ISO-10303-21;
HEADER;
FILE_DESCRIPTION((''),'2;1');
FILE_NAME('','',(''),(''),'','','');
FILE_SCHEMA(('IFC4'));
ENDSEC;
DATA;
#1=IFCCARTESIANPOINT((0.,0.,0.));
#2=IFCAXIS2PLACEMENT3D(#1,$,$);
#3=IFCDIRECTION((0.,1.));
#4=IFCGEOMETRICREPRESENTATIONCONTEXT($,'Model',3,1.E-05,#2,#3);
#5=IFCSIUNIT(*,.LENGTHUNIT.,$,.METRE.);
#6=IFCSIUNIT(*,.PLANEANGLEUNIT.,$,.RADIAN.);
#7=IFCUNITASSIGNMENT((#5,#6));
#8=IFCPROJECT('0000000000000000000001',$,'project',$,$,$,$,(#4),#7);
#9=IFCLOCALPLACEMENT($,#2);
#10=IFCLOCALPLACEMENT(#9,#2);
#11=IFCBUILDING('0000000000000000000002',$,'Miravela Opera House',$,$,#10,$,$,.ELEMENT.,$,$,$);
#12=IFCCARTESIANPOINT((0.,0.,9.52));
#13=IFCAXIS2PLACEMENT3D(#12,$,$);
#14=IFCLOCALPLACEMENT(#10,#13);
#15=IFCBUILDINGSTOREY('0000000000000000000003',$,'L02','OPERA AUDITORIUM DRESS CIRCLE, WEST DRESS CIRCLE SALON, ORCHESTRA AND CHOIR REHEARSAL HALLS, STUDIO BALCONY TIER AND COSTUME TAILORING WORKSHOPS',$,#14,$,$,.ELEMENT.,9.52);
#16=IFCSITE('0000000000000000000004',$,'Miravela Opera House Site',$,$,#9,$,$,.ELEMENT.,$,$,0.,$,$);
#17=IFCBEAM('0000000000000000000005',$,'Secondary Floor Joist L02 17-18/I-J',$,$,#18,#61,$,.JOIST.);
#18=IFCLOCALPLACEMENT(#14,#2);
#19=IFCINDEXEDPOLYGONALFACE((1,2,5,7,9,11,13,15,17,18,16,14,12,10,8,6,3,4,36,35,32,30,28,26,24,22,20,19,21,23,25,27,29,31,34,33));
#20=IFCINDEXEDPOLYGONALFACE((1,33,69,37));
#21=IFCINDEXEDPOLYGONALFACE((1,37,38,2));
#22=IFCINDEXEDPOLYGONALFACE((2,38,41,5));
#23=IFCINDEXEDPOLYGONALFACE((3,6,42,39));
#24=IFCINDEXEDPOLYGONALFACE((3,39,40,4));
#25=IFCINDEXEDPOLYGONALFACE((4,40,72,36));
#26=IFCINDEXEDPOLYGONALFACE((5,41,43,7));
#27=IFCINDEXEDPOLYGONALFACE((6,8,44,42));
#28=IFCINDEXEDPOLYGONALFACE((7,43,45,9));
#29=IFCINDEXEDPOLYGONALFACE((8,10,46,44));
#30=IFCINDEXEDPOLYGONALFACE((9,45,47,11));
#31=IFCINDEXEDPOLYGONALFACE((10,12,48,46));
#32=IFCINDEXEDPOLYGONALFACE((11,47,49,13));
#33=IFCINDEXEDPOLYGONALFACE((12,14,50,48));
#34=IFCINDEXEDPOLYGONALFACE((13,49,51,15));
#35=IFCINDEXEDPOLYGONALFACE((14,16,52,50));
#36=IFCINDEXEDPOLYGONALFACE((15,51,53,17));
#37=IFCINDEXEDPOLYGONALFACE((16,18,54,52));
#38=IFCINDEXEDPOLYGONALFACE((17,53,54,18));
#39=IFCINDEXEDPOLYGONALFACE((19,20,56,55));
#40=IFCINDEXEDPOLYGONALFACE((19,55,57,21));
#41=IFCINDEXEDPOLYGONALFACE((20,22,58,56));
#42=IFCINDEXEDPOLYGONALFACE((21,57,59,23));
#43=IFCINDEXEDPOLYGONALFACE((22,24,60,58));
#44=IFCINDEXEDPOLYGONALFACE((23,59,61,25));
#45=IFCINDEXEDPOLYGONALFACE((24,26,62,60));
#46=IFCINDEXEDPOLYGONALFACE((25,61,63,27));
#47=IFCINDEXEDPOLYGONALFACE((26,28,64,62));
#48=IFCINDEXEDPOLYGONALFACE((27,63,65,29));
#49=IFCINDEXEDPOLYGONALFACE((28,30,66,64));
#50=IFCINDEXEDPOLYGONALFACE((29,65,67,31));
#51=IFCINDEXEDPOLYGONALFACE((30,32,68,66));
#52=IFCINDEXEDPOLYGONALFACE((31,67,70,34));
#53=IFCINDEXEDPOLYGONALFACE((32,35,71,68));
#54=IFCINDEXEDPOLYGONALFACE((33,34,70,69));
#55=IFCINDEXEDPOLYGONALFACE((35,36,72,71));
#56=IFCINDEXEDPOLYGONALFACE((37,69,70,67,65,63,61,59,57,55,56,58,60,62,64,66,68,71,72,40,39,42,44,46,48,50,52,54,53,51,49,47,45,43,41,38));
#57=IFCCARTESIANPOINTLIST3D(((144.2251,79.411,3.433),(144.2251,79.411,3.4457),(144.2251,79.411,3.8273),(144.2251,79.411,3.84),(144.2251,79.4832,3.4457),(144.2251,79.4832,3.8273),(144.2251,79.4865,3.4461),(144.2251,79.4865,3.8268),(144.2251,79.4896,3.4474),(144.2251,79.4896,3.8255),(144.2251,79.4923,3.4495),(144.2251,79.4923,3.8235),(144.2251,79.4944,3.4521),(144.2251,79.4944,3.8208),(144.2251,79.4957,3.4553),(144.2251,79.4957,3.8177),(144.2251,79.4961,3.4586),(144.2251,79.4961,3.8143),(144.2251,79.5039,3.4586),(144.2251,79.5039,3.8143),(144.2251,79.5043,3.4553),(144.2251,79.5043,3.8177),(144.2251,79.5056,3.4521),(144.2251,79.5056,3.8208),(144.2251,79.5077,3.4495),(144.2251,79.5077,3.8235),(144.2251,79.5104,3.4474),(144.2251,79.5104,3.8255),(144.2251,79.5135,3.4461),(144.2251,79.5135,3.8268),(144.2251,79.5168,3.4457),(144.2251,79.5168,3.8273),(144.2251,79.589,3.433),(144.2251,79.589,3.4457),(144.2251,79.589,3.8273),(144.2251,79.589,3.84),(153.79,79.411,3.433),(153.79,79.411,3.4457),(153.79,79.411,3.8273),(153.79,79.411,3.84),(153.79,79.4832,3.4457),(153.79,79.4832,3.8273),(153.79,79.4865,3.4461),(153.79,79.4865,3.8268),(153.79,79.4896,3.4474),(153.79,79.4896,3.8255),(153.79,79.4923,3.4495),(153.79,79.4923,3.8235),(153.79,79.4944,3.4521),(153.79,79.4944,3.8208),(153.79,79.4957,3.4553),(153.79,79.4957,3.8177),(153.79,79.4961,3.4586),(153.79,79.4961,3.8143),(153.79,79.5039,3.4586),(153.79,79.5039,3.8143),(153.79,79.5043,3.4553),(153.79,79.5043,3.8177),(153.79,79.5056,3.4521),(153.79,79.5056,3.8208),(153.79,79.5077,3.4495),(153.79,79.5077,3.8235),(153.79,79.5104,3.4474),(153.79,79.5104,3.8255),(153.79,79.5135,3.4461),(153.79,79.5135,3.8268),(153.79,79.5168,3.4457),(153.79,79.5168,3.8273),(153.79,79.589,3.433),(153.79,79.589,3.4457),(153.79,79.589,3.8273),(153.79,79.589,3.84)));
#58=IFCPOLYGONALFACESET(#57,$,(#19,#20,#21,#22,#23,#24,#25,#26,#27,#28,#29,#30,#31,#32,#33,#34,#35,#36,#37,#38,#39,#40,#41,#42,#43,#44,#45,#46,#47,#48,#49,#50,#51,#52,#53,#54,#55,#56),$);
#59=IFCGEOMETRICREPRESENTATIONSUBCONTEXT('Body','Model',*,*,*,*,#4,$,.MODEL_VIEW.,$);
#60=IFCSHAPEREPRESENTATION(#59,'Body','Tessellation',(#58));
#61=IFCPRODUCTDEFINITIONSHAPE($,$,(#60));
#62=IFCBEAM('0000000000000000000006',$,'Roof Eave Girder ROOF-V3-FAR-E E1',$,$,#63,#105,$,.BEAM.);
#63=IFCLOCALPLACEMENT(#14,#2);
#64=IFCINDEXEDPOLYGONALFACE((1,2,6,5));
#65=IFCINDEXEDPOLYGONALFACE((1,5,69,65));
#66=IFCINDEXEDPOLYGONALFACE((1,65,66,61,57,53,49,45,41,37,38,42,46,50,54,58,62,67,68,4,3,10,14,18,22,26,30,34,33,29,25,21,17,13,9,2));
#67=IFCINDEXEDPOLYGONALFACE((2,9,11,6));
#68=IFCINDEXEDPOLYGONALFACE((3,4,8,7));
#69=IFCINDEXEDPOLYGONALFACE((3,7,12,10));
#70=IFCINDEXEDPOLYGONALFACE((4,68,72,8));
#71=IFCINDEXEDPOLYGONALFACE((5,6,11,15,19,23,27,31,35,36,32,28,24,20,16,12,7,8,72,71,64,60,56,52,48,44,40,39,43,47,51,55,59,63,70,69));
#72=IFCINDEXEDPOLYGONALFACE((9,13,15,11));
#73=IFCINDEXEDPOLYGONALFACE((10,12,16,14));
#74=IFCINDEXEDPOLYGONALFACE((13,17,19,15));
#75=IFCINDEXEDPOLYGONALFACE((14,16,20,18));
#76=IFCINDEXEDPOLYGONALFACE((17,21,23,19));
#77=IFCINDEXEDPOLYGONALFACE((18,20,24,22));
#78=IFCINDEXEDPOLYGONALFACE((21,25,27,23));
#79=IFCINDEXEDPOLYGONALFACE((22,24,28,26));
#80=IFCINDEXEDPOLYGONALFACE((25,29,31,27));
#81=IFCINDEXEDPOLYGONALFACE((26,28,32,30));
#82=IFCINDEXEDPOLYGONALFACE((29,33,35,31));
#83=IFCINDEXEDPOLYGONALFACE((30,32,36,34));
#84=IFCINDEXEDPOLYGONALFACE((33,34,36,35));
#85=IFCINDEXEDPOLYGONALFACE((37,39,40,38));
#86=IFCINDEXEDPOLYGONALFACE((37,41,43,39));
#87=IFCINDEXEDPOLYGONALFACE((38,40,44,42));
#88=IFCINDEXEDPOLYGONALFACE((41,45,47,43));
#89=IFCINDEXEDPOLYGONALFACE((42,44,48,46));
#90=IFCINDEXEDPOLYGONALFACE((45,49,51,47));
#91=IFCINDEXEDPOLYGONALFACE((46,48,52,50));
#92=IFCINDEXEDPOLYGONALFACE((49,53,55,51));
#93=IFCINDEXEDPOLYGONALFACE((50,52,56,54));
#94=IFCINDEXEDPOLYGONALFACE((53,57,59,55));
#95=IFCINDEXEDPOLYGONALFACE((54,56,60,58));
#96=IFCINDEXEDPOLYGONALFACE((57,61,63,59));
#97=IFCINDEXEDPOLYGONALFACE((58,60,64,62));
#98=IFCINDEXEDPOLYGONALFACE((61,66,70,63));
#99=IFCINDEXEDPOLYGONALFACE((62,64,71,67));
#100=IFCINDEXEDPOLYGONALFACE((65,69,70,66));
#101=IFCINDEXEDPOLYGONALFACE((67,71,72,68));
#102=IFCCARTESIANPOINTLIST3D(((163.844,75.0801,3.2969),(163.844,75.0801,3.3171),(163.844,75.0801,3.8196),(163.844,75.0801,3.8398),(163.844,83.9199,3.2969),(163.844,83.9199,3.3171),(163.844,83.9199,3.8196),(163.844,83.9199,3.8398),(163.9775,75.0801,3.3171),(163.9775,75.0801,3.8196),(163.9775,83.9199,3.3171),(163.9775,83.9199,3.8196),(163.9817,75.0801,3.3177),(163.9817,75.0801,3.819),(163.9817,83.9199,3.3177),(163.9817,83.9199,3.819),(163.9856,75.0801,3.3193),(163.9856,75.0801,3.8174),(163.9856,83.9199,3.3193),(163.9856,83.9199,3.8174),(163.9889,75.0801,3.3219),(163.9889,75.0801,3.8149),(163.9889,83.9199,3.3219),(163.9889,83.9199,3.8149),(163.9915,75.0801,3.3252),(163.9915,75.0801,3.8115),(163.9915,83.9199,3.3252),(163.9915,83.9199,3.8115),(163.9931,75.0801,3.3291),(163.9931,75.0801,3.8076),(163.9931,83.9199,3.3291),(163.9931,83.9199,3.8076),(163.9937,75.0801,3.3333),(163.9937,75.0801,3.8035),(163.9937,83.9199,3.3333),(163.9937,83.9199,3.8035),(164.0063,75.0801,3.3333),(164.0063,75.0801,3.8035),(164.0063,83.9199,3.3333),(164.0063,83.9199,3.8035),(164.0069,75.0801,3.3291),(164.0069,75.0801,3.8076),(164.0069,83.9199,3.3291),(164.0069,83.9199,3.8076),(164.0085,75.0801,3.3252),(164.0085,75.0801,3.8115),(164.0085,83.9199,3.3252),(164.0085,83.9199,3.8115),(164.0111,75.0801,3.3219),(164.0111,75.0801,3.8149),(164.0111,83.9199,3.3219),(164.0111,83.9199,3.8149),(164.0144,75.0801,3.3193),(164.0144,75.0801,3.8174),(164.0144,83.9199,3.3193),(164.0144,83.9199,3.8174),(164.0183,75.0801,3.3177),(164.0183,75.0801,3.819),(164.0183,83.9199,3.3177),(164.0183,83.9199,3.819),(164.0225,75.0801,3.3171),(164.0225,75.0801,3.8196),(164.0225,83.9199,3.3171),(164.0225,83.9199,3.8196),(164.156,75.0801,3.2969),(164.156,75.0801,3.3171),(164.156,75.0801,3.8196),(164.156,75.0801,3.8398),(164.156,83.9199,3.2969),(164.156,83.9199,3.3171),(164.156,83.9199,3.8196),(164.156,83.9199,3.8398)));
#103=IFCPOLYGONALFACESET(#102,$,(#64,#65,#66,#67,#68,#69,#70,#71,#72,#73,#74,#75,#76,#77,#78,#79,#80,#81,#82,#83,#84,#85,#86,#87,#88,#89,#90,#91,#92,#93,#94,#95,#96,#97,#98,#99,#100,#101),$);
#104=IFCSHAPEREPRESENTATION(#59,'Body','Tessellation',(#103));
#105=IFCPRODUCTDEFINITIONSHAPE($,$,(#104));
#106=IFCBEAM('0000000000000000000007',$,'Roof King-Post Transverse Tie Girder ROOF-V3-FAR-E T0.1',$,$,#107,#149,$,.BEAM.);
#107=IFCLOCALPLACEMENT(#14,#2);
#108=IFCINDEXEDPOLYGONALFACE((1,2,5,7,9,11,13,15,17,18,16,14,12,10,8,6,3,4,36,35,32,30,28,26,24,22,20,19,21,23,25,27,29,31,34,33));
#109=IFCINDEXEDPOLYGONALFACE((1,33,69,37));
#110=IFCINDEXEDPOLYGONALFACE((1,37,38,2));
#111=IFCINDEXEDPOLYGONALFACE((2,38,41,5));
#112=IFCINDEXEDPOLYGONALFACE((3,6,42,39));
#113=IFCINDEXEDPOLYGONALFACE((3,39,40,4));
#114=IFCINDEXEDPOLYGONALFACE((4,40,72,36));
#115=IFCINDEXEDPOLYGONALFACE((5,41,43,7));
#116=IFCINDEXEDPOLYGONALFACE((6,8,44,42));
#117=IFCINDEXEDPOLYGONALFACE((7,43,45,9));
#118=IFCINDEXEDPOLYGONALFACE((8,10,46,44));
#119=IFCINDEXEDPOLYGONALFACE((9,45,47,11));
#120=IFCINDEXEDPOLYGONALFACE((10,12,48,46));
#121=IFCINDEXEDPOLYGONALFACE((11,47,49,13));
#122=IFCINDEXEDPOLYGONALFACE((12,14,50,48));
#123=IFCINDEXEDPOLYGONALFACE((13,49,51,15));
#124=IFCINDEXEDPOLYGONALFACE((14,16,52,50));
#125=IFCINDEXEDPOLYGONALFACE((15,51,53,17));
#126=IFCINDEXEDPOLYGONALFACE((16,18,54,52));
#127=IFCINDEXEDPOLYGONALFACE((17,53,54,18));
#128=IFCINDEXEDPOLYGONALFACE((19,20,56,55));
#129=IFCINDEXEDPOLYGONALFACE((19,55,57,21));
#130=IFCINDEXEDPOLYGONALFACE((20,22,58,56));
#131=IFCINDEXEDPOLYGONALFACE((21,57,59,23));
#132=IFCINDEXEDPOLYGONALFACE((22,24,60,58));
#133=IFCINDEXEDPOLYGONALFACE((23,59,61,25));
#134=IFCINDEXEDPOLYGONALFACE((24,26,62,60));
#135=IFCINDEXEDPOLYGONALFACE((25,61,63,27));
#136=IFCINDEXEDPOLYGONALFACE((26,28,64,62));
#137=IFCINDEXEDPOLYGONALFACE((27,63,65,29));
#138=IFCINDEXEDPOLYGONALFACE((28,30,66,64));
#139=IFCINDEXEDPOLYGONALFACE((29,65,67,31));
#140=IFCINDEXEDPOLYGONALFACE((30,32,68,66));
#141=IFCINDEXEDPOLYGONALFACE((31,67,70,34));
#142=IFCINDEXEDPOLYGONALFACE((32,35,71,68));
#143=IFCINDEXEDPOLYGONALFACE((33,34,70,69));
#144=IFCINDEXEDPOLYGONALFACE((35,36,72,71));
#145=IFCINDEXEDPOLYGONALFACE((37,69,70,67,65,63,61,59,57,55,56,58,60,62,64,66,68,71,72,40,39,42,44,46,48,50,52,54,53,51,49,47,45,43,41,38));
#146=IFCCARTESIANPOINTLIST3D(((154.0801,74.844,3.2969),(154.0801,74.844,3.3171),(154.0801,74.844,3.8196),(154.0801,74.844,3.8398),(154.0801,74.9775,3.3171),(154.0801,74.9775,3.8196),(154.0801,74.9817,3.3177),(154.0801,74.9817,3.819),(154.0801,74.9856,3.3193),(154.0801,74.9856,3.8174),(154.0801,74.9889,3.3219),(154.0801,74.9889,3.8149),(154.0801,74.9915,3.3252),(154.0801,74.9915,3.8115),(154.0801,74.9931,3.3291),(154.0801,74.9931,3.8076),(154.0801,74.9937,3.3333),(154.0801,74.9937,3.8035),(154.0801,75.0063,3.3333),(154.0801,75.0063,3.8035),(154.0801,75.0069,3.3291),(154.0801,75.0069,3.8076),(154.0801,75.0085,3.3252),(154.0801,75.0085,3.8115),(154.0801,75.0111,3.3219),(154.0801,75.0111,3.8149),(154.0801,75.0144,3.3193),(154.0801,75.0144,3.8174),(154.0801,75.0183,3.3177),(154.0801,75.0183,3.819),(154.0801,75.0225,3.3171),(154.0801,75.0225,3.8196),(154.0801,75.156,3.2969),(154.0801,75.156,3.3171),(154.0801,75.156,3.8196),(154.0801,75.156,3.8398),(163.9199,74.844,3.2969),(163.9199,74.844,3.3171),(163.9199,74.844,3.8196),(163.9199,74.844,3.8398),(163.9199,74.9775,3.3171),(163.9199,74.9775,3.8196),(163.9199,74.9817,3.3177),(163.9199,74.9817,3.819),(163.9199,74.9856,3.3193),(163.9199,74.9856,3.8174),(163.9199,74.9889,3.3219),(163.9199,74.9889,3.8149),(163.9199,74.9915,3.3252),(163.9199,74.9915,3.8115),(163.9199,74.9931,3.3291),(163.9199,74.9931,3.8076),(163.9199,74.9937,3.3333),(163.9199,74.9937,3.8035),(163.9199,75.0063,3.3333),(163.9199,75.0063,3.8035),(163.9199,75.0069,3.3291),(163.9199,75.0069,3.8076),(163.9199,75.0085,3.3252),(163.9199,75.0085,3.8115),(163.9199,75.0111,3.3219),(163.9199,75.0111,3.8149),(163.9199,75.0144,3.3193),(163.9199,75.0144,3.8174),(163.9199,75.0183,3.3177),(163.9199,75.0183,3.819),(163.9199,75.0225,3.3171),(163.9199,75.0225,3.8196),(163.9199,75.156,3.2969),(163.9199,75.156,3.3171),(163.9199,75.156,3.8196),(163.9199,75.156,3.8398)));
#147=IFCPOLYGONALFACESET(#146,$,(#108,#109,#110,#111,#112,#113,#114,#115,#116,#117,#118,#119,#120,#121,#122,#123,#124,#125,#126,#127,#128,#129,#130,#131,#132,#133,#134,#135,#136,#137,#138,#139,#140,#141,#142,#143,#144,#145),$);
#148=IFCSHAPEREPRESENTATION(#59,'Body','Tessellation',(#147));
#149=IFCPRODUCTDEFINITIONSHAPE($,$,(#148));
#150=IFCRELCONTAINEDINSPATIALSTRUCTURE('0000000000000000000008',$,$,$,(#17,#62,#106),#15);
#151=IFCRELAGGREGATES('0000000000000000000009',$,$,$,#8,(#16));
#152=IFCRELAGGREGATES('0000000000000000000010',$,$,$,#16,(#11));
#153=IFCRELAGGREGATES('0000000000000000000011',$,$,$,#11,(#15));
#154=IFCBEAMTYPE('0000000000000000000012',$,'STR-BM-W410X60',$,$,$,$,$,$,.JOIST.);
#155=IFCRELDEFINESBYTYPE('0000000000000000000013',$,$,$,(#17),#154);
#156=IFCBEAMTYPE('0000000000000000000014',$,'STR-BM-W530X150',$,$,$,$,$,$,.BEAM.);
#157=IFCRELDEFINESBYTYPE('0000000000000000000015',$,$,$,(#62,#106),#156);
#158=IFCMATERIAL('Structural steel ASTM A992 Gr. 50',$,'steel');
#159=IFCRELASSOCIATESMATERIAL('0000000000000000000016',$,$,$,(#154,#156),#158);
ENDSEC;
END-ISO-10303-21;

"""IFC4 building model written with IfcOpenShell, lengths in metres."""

from ifc_helpers import new_model, si_unit, direction, frame, origin, origin_2d, place, context, subcontext, project, spatial, i_section, extrude, material, material_profile, profile_set, type_object, element, save


model = new_model("IFC4")

# Units and contexts
model_context = context("Model", 3, precision=1e-05, world=origin(), true_north=direction((0.0, 1.0)))
body_context = subcontext(model_context, "Body", "Model", "MODEL_VIEW")
ifc_project = project(units=[si_unit("LENGTHUNIT", "METRE"), si_unit("PLANEANGLEUNIT", "RADIAN")], contexts=[model_context])

# Site, building, storey
site_placement = place(None, origin())
site = spatial("IfcSite", under=ifc_project, at=site_placement, Name="Miravela Opera House Site", CompositionType="ELEMENT", RefElevation=0.0)
building_placement = place(site_placement, origin())
building = spatial("IfcBuilding", under=site, at=building_placement, Name="Miravela Opera House", CompositionType="ELEMENT")
storey_placement = place(building_placement, frame((0.0, 0.0, 9.52)))
storey = spatial("IfcBuildingStorey", under=building, at=storey_placement, Name="L02", Description="OPERA AUDITORIUM DRESS CIRCLE, WEST DRESS CIRCLE SALON, ORCHESTRA AND CHOIR REHEARSAL HALLS, STUDIO BALCONY TIER AND COSTUME TAILORING WORKSHOPS", CompositionType="ELEMENT", Elevation=9.52)

# Beams
ifc_material_1 = material(Name="Structural steel ASTM A992 Gr. 50", Category="steel")
ifc_material_profile_1 = material_profile(ifc_material_1, i_section(OverallWidth=0.178, OverallDepth=0.407, WebThickness=0.0078, FlangeThickness=0.0127, FilletRadius=0.0129, at=origin_2d()), Name="W410X60")
ifc_profile_set_1 = profile_set([ifc_material_profile_1])
beam_type_1 = type_object("IfcBeamType", Name="STR-BM-W410X60", PredefinedType="JOIST", material=ifc_profile_set_1)
beam_1_placement = place(storey_placement, frame((144.2251, 79.5, 3.6365), z_axis=(1.0, 0.0, 0.0), x_axis=(0.0, 1.0, 0.0)))
element("IfcBeam", 1, at=beam_1_placement, inside=storey, type_object=beam_type_1, Name="Secondary Floor Joist L02 17-18/I-J", PredefinedType="JOIST", context=body_context, shape_type="SweptSolid", body=[
    extrude(i_section(OverallWidth=0.178, OverallDepth=0.407, WebThickness=0.0078, FlangeThickness=0.0127, FilletRadius=0.0129, at=origin_2d()), origin(), (0.0, 0.0, 1.0), 9.5649),
])
ifc_material_profile_2 = material_profile(ifc_material_1, i_section(OverallWidth=0.312, OverallDepth=0.543, WebThickness=0.0127, FlangeThickness=0.0203, FilletRadius=0.0161, at=origin_2d()), Name="W530X150")
ifc_profile_set_2 = profile_set([ifc_material_profile_2])
beam_type_2 = type_object("IfcBeamType", Name="STR-BM-W530X150", PredefinedType="BEAM", material=ifc_profile_set_2)
beam_2_placement = place(storey_placement, frame((164.0, 75.0801, 3.5684), z_axis=(0.0, 1.0, 0.0), x_axis=(-1.0, 0.0, 0.0)))
element("IfcBeam", 2, at=beam_2_placement, inside=storey, type_object=beam_type_2, Name="Roof Eave Girder ROOF-V3-FAR-E E1", PredefinedType="BEAM", context=body_context, shape_type="SweptSolid", body=[
    extrude(i_section(OverallWidth=0.312, OverallDepth=0.543, WebThickness=0.0127, FlangeThickness=0.0203, FilletRadius=0.0161, at=origin_2d()), origin(), (0.0, 0.0, 1.0), 8.8398),
])
beam_3_placement = place(storey_placement, frame((154.0801, 75.0, 3.5684), z_axis=(1.0, 0.0, 0.0), x_axis=(0.0, 1.0, 0.0)))
element("IfcBeam", 3, at=beam_3_placement, inside=storey, type_object=beam_type_2, Name="Roof King-Post Transverse Tie Girder ROOF-V3-FAR-E T0.1", PredefinedType="BEAM", context=body_context, shape_type="SweptSolid", body=[
    extrude(i_section(OverallWidth=0.312, OverallDepth=0.543, WebThickness=0.0127, FlangeThickness=0.0203, FilletRadius=0.0161, at=origin_2d()), origin(), (0.0, 0.0, 1.0), 9.8398),
])

save(model, "model.ifc")
